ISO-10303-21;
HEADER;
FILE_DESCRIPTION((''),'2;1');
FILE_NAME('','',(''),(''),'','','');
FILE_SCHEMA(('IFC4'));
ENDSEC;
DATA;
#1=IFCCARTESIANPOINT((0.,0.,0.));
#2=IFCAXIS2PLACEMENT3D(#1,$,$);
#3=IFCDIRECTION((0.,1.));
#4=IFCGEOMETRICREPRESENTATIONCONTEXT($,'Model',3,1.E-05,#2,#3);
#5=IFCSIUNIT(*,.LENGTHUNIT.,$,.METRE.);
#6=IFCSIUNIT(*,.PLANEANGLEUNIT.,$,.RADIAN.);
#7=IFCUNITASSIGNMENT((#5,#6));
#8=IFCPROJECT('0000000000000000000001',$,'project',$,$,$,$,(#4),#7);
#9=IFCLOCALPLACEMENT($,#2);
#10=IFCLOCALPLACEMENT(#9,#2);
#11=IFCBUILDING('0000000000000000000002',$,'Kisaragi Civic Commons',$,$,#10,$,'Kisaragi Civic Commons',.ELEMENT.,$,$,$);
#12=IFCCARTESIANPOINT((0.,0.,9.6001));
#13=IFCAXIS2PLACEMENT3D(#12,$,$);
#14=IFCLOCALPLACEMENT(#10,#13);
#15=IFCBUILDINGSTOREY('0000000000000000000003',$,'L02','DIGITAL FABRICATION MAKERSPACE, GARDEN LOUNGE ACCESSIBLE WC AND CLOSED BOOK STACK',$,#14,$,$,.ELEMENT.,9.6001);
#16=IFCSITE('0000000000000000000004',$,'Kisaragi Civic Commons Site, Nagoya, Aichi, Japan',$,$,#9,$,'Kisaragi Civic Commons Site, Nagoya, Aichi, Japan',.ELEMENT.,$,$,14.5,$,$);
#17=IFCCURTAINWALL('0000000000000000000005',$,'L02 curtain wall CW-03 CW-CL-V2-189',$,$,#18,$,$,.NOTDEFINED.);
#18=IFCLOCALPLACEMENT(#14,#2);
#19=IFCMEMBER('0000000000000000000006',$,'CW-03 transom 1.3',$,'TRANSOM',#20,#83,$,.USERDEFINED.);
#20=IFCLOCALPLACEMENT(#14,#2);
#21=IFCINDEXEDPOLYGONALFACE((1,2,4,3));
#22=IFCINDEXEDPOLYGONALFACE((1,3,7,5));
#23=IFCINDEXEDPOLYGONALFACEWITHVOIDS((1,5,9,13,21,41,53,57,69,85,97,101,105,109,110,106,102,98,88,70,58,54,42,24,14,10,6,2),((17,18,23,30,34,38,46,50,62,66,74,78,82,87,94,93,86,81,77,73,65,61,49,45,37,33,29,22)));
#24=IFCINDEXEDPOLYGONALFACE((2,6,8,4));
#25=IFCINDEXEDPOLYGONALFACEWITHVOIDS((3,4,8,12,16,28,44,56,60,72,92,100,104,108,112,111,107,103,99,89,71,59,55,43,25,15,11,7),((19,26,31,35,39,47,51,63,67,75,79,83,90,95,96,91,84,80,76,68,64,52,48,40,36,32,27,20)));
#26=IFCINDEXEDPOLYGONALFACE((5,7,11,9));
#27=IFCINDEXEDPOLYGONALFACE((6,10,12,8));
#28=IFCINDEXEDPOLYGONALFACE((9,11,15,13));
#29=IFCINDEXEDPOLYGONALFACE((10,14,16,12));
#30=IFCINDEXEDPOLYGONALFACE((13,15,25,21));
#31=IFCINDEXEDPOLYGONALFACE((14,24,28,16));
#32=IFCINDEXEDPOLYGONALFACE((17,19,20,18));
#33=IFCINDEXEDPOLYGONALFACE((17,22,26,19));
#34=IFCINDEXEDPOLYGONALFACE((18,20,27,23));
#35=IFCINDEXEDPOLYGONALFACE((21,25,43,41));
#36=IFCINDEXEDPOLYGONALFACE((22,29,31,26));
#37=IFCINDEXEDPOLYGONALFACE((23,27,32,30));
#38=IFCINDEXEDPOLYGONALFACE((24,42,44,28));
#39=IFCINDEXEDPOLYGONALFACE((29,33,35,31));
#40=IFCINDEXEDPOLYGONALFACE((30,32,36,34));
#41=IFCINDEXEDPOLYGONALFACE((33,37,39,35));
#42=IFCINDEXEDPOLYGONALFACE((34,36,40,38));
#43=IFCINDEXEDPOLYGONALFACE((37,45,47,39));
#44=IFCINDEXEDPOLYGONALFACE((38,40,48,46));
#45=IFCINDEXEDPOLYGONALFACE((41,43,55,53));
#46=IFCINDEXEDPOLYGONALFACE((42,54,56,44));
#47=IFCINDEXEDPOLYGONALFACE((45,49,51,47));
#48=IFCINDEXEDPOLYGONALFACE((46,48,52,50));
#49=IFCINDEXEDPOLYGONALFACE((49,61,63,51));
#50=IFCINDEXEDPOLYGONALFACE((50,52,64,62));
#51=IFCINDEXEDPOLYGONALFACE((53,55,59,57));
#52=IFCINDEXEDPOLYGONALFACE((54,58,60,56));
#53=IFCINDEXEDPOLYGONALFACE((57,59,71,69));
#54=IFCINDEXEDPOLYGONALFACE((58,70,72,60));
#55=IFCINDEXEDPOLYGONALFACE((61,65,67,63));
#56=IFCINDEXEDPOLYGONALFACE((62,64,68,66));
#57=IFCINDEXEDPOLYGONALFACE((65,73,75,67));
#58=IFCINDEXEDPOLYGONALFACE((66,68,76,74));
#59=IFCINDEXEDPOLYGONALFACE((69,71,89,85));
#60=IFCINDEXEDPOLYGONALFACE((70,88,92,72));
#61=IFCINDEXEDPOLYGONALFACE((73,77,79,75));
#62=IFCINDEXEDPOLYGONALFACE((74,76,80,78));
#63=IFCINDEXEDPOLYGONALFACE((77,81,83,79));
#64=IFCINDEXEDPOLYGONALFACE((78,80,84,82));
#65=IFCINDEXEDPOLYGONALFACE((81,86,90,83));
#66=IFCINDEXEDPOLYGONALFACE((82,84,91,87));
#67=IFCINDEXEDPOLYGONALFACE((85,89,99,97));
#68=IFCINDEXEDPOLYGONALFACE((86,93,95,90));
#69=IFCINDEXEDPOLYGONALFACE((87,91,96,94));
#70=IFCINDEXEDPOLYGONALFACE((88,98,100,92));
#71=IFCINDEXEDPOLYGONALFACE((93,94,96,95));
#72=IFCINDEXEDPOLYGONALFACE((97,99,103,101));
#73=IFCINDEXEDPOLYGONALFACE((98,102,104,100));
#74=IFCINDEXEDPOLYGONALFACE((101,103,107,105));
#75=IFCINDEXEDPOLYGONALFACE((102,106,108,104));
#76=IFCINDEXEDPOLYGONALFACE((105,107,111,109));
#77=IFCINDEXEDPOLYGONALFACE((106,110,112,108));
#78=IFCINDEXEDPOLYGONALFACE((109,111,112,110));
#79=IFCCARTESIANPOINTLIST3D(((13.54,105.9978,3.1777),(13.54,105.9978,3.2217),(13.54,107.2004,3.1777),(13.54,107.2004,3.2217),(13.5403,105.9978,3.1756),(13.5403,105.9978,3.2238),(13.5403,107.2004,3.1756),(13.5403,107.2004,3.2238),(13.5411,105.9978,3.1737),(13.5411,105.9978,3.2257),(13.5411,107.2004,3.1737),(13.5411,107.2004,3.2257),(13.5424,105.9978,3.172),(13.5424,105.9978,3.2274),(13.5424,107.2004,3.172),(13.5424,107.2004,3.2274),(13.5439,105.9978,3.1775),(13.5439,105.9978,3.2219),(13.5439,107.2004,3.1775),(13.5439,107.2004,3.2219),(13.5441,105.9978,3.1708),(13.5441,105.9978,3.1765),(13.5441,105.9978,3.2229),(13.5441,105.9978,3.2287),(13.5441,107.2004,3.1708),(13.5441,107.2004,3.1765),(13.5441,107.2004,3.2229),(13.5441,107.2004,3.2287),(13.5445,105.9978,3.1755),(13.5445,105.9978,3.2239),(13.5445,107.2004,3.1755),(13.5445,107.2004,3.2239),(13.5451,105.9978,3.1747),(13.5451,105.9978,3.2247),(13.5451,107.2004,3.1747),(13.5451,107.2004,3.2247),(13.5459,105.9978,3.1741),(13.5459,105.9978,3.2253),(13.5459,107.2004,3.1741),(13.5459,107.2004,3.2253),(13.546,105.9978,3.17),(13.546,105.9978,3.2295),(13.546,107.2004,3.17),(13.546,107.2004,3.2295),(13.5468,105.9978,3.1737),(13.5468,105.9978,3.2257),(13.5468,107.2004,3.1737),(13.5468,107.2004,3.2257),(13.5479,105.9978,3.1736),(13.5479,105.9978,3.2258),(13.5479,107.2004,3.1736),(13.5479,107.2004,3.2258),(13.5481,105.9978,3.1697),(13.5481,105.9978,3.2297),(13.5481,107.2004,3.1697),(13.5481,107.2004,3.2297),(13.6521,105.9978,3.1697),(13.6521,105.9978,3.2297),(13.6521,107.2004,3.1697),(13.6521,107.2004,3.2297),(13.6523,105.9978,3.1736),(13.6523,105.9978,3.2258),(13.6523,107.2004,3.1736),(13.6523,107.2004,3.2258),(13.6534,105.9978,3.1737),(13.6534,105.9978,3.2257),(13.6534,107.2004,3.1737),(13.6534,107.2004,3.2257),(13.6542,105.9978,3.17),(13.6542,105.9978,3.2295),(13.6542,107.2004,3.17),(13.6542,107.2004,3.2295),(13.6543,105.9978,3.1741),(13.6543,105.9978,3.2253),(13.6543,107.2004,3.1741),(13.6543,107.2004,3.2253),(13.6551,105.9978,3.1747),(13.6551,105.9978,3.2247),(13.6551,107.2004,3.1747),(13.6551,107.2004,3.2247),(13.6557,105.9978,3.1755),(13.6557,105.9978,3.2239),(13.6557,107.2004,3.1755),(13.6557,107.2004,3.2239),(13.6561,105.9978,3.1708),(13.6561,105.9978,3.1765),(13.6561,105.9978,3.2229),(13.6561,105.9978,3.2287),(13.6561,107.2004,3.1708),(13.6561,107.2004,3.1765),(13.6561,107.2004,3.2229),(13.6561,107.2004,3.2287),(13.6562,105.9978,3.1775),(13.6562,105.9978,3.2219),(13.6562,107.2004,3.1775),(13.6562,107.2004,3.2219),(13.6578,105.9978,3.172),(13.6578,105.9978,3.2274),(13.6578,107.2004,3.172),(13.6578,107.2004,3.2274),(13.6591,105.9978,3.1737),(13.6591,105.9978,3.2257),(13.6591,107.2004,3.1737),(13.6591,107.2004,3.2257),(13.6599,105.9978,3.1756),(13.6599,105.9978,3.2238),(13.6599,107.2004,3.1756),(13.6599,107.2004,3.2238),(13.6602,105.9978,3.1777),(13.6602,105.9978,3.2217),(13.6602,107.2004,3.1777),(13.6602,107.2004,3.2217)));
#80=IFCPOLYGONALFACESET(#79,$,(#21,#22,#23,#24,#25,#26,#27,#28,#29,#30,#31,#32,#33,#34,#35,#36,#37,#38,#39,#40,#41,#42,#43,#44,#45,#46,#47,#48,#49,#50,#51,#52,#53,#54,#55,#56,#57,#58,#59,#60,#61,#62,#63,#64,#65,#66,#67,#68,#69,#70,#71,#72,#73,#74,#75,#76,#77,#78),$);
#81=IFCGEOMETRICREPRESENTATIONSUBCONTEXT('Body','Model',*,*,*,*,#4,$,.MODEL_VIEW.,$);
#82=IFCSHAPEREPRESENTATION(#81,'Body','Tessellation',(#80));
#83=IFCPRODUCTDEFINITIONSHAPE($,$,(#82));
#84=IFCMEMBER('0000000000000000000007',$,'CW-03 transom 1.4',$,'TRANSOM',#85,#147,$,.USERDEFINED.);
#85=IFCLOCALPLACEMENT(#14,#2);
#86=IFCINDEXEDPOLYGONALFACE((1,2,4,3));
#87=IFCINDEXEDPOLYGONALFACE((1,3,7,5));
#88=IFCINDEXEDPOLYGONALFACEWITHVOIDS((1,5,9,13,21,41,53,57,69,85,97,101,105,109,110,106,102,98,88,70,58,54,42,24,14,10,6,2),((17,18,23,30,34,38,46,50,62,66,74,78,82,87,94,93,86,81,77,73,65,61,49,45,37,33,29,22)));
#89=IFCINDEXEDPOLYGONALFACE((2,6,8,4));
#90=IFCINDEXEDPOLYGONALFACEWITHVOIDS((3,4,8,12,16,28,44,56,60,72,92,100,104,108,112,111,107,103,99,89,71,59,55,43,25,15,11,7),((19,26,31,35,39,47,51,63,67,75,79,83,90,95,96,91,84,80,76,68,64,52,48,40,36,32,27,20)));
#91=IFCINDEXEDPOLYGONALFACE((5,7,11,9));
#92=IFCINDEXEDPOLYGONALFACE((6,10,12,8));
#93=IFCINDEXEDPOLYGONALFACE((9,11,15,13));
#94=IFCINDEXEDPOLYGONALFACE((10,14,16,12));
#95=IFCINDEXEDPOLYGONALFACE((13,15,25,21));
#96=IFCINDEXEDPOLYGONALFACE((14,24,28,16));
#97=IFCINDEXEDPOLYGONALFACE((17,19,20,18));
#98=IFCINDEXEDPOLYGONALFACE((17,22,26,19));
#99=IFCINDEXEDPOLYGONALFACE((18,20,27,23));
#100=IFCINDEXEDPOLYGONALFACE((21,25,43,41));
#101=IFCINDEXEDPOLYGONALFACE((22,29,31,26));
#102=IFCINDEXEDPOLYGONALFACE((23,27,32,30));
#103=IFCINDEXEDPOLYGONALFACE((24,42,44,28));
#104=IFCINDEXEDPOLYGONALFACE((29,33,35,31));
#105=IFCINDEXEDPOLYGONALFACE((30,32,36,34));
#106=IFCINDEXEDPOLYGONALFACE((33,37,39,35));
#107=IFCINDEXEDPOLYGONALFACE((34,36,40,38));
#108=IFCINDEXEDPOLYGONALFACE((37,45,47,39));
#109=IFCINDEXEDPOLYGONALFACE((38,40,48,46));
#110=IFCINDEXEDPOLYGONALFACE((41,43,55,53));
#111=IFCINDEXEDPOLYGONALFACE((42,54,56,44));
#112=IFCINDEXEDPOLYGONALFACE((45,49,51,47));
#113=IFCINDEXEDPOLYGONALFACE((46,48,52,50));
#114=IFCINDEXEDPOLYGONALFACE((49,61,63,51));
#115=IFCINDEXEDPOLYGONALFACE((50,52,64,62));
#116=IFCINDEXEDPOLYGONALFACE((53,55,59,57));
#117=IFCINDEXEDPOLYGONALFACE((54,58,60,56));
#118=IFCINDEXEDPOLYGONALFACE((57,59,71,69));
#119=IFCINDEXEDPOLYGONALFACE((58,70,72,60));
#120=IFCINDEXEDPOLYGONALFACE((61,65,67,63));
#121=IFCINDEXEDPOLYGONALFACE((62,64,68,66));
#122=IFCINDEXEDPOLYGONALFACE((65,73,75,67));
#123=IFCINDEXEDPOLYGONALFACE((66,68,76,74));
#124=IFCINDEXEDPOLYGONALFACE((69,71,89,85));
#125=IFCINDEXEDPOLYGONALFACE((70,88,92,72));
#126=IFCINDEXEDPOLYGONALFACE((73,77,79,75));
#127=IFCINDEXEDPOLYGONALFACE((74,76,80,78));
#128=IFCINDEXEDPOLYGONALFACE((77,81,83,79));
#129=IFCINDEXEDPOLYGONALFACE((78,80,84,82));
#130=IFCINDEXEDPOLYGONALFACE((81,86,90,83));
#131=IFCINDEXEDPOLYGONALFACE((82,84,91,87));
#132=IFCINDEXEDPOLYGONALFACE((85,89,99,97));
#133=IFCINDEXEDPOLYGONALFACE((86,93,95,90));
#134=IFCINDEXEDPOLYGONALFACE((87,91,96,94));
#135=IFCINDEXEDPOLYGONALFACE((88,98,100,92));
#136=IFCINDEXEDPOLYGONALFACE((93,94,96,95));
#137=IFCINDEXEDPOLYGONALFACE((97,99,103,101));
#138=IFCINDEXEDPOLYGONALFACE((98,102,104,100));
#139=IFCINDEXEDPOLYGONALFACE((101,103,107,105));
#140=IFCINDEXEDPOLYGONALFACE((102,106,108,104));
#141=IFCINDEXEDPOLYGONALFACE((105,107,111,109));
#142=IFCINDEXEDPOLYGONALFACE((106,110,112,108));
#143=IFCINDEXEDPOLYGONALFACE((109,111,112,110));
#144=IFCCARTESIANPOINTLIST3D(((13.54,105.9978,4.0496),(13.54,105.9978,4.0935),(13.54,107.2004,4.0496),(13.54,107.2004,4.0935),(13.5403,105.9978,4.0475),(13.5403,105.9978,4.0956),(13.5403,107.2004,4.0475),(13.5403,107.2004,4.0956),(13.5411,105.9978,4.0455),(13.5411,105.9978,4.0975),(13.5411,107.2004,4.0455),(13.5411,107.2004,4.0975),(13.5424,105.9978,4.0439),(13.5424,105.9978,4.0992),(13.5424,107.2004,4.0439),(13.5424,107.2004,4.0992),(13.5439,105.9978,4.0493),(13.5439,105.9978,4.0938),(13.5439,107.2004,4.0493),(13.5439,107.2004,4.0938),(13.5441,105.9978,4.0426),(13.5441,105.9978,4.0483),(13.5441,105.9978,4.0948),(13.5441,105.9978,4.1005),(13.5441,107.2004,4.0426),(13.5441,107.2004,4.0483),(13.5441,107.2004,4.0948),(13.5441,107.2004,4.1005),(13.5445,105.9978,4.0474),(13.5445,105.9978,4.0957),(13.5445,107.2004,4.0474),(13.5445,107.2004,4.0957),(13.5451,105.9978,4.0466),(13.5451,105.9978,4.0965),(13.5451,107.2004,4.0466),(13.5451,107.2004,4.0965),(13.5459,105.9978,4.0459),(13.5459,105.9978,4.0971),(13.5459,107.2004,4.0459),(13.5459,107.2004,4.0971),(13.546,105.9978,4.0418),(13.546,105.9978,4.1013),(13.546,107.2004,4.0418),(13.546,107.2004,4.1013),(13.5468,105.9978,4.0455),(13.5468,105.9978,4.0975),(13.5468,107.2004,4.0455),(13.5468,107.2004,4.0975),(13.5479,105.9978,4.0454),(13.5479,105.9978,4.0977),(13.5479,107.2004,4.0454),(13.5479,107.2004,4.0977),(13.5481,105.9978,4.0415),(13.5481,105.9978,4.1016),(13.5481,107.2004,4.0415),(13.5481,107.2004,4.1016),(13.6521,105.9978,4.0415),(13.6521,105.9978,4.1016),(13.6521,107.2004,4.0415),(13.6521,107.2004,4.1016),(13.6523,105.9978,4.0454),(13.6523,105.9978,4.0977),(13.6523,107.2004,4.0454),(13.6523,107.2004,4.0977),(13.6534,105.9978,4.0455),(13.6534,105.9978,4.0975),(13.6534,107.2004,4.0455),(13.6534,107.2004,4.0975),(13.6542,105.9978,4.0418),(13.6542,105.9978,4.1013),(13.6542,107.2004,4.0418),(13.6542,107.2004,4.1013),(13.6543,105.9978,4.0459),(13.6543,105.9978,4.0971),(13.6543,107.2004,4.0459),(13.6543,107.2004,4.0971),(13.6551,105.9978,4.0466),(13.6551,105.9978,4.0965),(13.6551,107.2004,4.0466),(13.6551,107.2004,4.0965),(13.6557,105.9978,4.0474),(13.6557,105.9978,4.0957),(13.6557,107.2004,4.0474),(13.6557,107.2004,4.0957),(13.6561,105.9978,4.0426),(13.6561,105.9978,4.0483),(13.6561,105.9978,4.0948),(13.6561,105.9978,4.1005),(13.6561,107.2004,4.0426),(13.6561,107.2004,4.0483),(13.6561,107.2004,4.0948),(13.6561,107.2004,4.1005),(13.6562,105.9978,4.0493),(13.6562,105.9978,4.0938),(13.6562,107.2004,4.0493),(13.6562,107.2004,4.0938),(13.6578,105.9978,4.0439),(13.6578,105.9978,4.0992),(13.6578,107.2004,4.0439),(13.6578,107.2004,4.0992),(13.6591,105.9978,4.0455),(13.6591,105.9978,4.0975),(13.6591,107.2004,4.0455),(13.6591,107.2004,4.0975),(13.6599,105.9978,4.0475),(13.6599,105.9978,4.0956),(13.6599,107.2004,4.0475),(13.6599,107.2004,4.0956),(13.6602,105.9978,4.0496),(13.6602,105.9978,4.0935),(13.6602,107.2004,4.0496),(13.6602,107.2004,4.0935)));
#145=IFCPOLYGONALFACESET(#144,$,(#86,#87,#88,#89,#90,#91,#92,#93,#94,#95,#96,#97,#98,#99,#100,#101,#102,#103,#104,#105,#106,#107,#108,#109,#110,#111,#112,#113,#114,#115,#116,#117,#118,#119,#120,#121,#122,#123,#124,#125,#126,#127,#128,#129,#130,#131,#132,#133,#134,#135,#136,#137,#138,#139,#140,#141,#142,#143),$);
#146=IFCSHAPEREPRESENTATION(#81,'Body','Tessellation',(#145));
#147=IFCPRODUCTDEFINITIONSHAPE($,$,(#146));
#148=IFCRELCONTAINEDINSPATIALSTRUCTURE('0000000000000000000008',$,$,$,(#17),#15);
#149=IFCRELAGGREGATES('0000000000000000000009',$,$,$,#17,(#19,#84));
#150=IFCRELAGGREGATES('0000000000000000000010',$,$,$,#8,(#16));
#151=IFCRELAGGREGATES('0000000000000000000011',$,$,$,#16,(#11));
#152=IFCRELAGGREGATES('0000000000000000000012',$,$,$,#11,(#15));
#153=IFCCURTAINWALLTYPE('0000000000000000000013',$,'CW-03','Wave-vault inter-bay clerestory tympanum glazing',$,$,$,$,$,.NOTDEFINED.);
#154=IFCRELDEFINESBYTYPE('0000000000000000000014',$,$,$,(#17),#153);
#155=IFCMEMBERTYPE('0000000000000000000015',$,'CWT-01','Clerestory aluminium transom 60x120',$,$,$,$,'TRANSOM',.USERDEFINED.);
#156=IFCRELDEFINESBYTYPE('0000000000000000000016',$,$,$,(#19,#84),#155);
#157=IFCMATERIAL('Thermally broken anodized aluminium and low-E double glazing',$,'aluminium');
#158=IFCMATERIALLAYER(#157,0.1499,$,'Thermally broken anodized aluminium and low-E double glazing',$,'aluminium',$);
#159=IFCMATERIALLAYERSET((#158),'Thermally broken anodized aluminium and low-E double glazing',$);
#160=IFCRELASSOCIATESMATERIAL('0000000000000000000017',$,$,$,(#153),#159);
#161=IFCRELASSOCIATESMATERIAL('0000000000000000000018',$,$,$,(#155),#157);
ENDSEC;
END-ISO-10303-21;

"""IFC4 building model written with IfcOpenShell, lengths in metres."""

from ifc_helpers import new_model, si_unit, direction, frame, origin, origin_2d, place, context, subcontext, project, spatial, hollow_rectangle, extrude, material, layer, layer_set, material_profile, profile_set, type_object, element, aggregate, save


model = new_model("IFC4")

# Units and contexts
model_context = context("Model", 3, precision=1e-05, world=origin(), true_north=direction((0.0, 1.0)))
body_context = subcontext(model_context, "Body", "Model", "MODEL_VIEW")
ifc_project = project(units=[si_unit("LENGTHUNIT", "METRE"), si_unit("PLANEANGLEUNIT", "RADIAN")], contexts=[model_context])

# Site, building, storey
site_placement = place(None, origin())
site = spatial("IfcSite", under=ifc_project, at=site_placement, Name="Kisaragi Civic Commons Site, Nagoya, Aichi, Japan", LongName="Kisaragi Civic Commons Site, Nagoya, Aichi, Japan", CompositionType="ELEMENT", RefElevation=14.5)
building_placement = place(site_placement, origin())
building = spatial("IfcBuilding", under=site, at=building_placement, Name="Kisaragi Civic Commons", LongName="Kisaragi Civic Commons", CompositionType="ELEMENT")
storey_placement = place(building_placement, frame((0.0, 0.0, 9.6001)))
storey = spatial("IfcBuildingStorey", under=building, at=storey_placement, Name="L02", Description="DIGITAL FABRICATION MAKERSPACE, GARDEN LOUNGE ACCESSIBLE WC AND CLOSED BOOK STACK", CompositionType="ELEMENT", Elevation=9.6001)

# Curtain wall, members
ifc_material_1 = material(Name="Thermally broken anodized aluminium and low-E double glazing", Category="aluminium")
ifc_layer_1 = layer(ifc_material_1, 0.1499, Name="Thermally broken anodized aluminium and low-E double glazing", Category="aluminium")
ifc_layer_set_1 = layer_set([ifc_layer_1], Name="Thermally broken anodized aluminium and low-E double glazing")
curtain_wall_type = type_object("IfcCurtainWallType", Name="CW-03", Description="Wave-vault inter-bay clerestory tympanum glazing", PredefinedType="NOTDEFINED", material=ifc_layer_set_1)
curtain_wall_placement = place(storey_placement, origin())
curtain_wall = element("IfcCurtainWall", 1, at=curtain_wall_placement, inside=storey, type_object=curtain_wall_type, Name="L02 curtain wall CW-03 CW-CL-V2-189", PredefinedType="NOTDEFINED")
ifc_material_profile_1 = material_profile(ifc_material_1, hollow_rectangle(XDim=0.1201, YDim=0.0601, WallThickness=0.0039, InnerFilletRadius=0.0039, OuterFilletRadius=0.0081, at=origin_2d()), Name="CWT-60x120x4", Category="aluminium")
ifc_profile_set_1 = profile_set([ifc_material_profile_1], Name="Thermally broken anodized aluminium and low-E double glazing")
member_type_1 = type_object("IfcMemberType", Name="CWT-01", Description="Clerestory aluminium transom 60x120", ElementType="TRANSOM", PredefinedType="USERDEFINED", material=ifc_profile_set_1)
member_1_placement = place(storey_placement, frame((13.6001, 105.9978, 3.1997), z_axis=(0.0, 1.0, 0.0), x_axis=(-1.0, 0.0, 0.0)))
member_1 = element("IfcMember", 2, at=member_1_placement, type_object=member_type_1, Name="CW-03 transom 1.3", ObjectType="TRANSOM", PredefinedType="USERDEFINED", context=body_context, shape_type="SweptSolid", body=[
    extrude(hollow_rectangle(XDim=0.1201, YDim=0.0601, WallThickness=0.0039, InnerFilletRadius=0.0039, OuterFilletRadius=0.0081, at=origin_2d()), origin(), (0.0, 0.0, 1.0), 1.2026),
])
member_2_placement = place(storey_placement, frame((13.6001, 105.9978, 4.0715), z_axis=(0.0, 1.0, 0.0), x_axis=(-1.0, 0.0, 0.0)))
member_2 = element("IfcMember", 3, at=member_2_placement, type_object=member_type_1, Name="CW-03 transom 1.4", ObjectType="TRANSOM", PredefinedType="USERDEFINED", context=body_context, shape_type="SweptSolid", body=[
    extrude(hollow_rectangle(XDim=0.1201, YDim=0.0601, WallThickness=0.0039, InnerFilletRadius=0.0039, OuterFilletRadius=0.0081, at=origin_2d()), origin(), (0.0, 0.0, 1.0), 1.2026),
])

aggregate(curtain_wall, [member_1, member_2])

save(model, "model.ifc")
